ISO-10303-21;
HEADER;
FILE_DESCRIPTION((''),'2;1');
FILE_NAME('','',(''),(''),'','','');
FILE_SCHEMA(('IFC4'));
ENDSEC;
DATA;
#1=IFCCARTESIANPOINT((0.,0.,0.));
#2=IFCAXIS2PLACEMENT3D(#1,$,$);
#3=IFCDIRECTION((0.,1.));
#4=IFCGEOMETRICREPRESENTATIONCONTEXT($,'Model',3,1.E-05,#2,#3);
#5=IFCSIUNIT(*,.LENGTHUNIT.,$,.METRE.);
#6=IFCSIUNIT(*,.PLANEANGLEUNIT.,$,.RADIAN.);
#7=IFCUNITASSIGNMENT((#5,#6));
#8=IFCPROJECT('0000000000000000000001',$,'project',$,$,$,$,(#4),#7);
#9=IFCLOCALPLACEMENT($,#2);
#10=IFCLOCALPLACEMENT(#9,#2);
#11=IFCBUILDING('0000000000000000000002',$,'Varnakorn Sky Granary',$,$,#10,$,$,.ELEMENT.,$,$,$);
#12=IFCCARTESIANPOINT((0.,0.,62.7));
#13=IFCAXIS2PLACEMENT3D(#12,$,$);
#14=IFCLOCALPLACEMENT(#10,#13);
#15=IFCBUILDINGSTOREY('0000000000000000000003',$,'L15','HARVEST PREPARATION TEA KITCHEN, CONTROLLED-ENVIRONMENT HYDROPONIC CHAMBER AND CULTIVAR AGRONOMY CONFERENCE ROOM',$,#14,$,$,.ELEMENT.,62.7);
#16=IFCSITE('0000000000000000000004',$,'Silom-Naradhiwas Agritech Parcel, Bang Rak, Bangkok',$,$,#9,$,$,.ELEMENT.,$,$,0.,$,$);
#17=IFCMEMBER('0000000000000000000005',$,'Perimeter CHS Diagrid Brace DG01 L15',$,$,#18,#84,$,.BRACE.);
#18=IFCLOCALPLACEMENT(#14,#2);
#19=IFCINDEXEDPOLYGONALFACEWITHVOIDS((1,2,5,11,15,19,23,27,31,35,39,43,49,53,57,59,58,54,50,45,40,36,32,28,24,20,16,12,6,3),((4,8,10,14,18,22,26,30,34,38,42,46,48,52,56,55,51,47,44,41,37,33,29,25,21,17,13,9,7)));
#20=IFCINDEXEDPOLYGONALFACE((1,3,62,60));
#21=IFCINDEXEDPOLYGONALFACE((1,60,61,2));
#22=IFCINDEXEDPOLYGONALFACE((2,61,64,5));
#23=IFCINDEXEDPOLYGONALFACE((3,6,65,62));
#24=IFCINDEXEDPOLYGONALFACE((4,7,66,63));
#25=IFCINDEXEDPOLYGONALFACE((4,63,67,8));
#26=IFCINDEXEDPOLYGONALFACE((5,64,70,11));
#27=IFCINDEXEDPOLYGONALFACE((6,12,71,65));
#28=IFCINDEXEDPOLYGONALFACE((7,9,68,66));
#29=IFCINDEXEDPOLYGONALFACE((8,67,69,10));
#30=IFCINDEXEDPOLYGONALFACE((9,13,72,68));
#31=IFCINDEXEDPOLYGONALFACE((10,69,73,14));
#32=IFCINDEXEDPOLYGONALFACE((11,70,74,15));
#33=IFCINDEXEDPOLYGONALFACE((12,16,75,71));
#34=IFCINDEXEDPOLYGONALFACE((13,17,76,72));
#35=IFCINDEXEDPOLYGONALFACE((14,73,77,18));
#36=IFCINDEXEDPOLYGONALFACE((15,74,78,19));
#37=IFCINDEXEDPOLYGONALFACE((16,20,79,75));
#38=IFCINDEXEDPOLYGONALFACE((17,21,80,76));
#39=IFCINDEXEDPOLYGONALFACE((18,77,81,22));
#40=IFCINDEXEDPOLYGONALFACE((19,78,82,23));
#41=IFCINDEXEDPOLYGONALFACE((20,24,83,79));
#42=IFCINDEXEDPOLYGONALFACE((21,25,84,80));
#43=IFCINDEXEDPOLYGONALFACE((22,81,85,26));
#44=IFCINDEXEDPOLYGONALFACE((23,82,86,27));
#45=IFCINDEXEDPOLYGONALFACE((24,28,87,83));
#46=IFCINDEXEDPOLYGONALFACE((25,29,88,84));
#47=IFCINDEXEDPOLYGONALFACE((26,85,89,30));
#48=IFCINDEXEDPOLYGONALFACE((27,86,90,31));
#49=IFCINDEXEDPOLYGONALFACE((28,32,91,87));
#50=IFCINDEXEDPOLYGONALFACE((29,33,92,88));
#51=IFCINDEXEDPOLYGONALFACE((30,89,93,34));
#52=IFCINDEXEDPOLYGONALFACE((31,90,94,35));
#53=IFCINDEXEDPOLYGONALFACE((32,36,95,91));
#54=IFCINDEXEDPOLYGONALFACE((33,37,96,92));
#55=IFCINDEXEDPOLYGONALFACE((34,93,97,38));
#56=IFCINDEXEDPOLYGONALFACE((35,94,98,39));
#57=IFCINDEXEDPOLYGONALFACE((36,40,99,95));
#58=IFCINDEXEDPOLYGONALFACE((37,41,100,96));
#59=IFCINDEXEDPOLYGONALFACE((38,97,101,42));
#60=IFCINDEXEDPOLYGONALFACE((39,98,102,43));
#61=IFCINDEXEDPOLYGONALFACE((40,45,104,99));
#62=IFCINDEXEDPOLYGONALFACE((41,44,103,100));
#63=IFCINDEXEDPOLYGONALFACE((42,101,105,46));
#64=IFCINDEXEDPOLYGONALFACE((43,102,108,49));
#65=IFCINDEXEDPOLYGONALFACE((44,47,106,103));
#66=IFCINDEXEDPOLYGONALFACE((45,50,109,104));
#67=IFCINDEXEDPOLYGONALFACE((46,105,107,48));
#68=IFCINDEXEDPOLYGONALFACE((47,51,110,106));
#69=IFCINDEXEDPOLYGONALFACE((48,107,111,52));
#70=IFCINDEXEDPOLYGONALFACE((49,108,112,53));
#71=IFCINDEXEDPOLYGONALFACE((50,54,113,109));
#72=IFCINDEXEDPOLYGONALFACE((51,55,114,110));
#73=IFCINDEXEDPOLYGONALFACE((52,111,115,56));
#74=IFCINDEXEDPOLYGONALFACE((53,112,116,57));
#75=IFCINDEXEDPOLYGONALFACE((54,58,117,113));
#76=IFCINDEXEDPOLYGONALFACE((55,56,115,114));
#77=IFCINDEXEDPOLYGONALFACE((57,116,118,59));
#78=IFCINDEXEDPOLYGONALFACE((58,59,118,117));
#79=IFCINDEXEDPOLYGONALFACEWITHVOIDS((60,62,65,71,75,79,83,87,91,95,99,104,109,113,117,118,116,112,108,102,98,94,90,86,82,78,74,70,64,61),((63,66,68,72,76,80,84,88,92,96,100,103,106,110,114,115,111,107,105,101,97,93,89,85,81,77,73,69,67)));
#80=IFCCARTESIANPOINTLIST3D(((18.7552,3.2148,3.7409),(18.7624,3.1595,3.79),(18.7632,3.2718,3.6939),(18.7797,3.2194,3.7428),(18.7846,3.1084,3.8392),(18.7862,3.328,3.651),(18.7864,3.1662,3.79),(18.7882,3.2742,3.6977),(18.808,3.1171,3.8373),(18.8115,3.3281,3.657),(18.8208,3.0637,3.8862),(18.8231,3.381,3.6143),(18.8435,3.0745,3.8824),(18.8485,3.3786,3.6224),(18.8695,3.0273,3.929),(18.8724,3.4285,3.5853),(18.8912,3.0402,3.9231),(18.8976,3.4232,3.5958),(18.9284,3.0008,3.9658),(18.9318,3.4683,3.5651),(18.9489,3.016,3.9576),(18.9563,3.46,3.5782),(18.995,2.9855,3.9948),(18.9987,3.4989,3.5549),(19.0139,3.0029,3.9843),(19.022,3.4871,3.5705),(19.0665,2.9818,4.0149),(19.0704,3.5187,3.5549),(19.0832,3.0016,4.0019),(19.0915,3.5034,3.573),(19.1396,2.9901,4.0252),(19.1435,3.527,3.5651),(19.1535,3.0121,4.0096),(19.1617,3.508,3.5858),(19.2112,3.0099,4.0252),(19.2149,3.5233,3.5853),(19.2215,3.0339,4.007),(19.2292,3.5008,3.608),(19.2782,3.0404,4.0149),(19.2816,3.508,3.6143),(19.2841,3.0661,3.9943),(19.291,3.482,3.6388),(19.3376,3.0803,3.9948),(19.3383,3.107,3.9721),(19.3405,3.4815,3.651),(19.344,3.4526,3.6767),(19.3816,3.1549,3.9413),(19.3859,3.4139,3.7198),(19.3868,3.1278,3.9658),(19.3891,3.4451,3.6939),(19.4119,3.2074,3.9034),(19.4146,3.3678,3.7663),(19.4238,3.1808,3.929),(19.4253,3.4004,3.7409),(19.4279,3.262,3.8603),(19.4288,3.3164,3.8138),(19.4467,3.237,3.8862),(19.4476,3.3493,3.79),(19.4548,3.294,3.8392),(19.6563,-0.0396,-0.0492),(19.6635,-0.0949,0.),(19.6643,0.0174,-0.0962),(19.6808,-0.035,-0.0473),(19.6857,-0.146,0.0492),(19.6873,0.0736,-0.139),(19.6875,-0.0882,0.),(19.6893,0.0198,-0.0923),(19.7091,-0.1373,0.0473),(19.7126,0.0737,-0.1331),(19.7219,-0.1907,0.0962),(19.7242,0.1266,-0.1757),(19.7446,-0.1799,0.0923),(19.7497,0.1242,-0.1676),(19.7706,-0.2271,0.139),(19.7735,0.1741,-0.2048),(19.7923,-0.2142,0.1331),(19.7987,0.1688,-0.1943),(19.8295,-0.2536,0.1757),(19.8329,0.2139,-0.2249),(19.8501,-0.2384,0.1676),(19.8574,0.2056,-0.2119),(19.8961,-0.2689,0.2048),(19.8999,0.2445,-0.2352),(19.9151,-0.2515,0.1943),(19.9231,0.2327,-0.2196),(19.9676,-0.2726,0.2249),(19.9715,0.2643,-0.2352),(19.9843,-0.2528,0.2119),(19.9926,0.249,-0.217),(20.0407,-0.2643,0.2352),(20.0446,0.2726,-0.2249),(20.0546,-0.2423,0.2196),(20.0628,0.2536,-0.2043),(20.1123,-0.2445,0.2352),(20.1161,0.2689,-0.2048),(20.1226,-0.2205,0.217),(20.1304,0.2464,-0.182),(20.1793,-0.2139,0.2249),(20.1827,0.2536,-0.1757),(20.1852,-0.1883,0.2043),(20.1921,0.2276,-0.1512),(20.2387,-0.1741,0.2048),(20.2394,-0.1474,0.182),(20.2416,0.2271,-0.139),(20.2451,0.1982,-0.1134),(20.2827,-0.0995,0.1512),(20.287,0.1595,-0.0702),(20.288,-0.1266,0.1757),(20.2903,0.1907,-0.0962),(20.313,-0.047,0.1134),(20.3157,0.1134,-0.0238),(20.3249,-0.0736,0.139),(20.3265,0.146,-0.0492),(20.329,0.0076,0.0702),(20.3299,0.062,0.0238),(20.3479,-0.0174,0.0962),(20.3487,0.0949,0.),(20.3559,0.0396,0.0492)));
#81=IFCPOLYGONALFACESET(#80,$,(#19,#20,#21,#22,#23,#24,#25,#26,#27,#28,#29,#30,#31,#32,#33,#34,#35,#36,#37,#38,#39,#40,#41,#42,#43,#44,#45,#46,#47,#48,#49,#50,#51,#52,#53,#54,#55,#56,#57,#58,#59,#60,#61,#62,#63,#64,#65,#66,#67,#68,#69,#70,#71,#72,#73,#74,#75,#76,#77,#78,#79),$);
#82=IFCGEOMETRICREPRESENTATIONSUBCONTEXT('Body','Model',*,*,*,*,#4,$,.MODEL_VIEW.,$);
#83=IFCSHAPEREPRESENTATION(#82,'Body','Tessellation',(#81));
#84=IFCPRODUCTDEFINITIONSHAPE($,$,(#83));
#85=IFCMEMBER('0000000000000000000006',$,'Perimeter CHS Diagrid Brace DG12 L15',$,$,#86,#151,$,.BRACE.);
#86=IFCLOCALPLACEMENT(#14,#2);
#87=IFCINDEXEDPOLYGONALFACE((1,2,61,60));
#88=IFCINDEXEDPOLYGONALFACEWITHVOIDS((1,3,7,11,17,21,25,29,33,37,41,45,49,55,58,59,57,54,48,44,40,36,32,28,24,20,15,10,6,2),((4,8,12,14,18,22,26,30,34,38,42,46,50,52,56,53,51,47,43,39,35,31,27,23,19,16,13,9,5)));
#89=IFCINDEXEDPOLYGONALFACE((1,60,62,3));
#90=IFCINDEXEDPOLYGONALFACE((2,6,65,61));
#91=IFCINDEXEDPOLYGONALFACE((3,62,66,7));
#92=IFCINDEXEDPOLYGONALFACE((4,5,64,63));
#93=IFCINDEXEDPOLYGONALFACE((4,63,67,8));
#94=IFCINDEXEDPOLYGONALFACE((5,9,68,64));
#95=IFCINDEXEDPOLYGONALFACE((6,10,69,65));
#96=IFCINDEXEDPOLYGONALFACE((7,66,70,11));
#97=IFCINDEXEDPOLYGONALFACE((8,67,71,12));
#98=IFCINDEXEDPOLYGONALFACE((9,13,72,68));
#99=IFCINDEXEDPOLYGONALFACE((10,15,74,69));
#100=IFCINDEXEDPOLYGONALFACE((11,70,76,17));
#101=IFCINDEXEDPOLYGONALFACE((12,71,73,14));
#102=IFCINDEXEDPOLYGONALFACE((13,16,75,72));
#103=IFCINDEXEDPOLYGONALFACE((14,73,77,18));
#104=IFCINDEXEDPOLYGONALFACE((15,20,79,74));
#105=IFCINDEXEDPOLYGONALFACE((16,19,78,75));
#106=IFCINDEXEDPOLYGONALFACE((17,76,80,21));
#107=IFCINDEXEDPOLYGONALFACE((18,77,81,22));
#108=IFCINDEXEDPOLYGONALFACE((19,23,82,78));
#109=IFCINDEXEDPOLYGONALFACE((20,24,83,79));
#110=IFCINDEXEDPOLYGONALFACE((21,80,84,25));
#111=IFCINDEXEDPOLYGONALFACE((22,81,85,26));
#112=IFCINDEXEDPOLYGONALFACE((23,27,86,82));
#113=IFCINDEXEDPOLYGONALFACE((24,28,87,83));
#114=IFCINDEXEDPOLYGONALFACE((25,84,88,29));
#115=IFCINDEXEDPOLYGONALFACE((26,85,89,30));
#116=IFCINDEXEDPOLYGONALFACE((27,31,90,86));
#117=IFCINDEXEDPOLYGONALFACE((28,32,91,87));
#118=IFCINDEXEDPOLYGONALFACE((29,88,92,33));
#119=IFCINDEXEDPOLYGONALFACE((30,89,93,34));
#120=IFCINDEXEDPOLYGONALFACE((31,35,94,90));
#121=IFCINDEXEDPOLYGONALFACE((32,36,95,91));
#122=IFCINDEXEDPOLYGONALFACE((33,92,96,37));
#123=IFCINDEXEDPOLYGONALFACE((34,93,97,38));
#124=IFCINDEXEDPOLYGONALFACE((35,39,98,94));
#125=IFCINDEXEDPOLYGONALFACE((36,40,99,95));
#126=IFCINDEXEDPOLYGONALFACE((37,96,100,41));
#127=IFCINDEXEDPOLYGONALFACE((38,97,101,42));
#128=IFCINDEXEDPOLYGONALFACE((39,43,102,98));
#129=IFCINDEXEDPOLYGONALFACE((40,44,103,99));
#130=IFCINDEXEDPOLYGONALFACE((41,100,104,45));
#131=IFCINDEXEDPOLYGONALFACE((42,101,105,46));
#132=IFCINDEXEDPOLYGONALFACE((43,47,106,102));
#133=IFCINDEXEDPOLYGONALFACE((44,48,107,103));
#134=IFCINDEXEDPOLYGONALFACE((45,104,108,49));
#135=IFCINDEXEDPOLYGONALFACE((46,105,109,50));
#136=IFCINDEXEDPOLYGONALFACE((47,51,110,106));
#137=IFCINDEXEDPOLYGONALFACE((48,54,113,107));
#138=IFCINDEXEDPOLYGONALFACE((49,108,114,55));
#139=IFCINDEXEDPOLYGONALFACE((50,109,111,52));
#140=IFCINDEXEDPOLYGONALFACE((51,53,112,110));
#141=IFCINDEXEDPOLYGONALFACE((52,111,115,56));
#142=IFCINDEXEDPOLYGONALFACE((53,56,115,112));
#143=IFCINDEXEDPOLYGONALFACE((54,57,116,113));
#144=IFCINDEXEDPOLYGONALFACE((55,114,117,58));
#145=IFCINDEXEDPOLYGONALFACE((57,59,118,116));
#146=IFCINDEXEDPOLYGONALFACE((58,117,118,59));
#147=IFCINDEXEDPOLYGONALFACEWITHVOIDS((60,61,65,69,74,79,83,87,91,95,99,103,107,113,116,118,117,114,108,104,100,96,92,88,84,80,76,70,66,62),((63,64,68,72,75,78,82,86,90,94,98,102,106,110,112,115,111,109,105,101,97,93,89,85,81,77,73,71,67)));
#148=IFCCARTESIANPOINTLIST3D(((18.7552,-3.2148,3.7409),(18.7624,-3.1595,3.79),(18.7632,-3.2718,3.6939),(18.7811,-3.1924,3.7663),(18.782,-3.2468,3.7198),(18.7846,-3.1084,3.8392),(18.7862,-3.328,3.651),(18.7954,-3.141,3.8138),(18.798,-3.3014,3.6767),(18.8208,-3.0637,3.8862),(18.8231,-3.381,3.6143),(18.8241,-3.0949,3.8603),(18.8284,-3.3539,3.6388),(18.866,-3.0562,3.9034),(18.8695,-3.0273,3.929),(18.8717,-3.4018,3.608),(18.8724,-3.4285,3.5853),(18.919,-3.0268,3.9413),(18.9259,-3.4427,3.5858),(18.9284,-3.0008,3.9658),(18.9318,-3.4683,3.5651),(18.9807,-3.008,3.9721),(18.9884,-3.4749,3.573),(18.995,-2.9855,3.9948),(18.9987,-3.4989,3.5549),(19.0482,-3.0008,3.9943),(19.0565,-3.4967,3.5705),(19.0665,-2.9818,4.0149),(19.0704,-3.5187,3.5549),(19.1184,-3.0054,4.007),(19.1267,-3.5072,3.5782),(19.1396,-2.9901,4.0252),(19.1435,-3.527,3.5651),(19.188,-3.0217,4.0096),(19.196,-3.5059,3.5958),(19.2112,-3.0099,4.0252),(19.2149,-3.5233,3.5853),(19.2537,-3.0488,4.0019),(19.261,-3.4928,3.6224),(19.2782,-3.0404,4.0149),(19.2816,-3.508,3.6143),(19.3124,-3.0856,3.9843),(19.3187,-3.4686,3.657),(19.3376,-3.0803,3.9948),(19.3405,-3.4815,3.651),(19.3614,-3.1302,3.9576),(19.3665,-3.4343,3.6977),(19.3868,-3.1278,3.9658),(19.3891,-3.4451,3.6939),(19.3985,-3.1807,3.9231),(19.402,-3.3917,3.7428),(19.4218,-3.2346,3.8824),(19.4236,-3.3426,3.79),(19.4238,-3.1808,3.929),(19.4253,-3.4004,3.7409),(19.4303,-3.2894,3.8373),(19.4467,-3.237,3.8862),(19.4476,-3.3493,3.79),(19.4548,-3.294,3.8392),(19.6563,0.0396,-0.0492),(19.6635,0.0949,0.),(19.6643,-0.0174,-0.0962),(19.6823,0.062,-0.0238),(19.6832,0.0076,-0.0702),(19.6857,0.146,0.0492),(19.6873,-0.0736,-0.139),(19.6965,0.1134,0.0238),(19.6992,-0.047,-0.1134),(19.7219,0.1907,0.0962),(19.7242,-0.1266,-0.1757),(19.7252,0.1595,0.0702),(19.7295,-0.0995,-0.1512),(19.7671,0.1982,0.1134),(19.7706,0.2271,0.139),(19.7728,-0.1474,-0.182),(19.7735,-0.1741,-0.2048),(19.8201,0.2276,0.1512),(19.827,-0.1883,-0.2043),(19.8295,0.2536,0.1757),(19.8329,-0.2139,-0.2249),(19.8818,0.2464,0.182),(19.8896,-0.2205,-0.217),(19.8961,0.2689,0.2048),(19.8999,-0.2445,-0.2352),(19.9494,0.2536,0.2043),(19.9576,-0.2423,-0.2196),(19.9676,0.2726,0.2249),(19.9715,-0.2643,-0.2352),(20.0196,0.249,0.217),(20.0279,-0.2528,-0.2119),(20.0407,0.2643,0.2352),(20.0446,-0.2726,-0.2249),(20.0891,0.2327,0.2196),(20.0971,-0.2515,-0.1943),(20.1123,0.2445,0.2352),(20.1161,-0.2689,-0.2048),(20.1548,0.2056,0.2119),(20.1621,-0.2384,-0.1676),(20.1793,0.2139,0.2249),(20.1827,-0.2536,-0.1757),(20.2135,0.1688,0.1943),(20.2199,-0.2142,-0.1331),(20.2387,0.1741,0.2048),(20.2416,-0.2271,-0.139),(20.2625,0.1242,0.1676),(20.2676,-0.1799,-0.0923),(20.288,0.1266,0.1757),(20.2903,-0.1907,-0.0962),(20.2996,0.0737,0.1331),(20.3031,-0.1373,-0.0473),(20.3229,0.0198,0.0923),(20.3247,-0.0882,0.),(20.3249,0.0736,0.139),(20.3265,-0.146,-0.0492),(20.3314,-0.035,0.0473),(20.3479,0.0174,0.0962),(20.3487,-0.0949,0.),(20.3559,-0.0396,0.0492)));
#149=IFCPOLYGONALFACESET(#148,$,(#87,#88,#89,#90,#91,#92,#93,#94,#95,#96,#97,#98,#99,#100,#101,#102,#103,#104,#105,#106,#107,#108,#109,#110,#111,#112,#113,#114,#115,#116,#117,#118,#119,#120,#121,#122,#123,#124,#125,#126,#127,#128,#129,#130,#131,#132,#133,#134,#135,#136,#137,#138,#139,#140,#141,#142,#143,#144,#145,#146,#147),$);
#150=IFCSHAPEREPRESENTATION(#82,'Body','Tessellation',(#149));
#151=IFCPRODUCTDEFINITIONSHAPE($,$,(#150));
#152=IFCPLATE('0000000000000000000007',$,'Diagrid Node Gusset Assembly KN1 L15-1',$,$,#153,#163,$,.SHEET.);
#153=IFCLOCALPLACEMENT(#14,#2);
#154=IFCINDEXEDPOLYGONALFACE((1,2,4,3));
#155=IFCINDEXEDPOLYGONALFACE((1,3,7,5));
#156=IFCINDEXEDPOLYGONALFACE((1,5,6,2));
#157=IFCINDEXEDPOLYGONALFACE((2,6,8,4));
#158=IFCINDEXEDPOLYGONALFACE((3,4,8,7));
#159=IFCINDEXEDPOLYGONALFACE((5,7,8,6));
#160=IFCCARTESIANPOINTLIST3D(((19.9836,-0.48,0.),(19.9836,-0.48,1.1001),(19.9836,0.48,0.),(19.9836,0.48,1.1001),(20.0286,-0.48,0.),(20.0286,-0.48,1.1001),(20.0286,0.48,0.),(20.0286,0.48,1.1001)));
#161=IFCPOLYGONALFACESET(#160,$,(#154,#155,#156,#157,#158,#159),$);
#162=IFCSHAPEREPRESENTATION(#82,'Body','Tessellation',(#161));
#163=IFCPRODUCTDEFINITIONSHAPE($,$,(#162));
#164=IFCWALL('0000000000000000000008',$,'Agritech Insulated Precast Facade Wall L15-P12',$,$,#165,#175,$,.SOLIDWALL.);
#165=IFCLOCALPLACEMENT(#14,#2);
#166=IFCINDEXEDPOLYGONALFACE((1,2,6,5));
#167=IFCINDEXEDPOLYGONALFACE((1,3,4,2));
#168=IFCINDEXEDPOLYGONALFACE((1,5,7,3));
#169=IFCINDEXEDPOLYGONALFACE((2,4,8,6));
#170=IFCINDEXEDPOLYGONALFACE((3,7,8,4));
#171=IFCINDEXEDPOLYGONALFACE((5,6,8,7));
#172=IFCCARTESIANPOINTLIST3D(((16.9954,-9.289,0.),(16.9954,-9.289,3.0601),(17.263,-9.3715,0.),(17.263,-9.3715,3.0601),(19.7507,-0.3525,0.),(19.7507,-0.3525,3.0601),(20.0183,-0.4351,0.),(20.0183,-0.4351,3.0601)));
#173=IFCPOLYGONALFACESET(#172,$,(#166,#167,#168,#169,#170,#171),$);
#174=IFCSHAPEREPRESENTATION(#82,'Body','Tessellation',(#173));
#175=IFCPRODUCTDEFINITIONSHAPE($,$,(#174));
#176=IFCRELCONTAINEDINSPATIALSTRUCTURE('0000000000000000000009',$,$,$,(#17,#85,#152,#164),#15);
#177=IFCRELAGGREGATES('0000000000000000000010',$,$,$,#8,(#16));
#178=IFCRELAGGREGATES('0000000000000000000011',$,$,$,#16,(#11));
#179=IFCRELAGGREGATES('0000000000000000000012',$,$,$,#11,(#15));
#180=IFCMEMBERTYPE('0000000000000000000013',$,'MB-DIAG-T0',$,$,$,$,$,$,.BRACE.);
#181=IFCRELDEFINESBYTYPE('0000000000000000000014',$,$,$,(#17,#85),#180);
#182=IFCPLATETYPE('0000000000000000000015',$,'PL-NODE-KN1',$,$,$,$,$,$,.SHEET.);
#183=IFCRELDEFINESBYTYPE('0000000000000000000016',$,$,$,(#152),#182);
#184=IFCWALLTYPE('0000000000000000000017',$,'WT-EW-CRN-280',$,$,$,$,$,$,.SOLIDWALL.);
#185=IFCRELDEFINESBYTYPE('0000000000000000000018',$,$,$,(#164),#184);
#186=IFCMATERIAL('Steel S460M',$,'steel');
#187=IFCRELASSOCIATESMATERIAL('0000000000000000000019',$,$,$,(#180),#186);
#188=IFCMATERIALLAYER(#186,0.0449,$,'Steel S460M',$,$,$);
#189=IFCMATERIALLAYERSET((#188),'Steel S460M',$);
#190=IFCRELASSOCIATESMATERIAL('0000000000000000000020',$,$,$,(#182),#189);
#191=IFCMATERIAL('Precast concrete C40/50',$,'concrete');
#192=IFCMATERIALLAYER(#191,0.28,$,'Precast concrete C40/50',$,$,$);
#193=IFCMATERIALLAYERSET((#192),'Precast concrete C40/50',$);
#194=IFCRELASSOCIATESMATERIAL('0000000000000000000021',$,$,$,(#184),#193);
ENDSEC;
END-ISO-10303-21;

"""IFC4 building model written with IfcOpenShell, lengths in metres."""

from ifc_helpers import new_model, si_unit, direction, frame, frame_2d, origin, origin_2d, place, context, subcontext, project, spatial, rectangle, hollow_circle, extrude, material, layer, layer_set, material_profile, profile_set, type_object, element, save


model = new_model("IFC4")

# Units and contexts
model_context = context("Model", 3, precision=1e-05, world=origin(), true_north=direction((0.0, 1.0)))
body_context = subcontext(model_context, "Body", "Model", "MODEL_VIEW")
ifc_project = project(units=[si_unit("LENGTHUNIT", "METRE"), si_unit("PLANEANGLEUNIT", "RADIAN")], contexts=[model_context])

# Site, building, storey
site_placement = place(None, origin())
site = spatial("IfcSite", under=ifc_project, at=site_placement, Name="Silom-Naradhiwas Agritech Parcel, Bang Rak, Bangkok", CompositionType="ELEMENT", RefElevation=0.0)
building_placement = place(site_placement, origin())
building = spatial("IfcBuilding", under=site, at=building_placement, Name="Varnakorn Sky Granary", CompositionType="ELEMENT")
storey_placement = place(building_placement, frame((0.0, 0.0, 62.7)))
storey = spatial("IfcBuildingStorey", under=building, at=storey_placement, Name="L15", Description="HARVEST PREPARATION TEA KITCHEN, CONTROLLED-ENVIRONMENT HYDROPONIC CHAMBER AND CULTIVAR AGRONOMY CONFERENCE ROOM", CompositionType="ELEMENT", Elevation=62.7)

# Shared definitions
ifc_material_1 = material(Name="Steel S460M", Category="steel")

# Members
ifc_material_profile_1 = material_profile(ifc_material_1, hollow_circle(Radius=0.3555, WallThickness=0.0249, at=origin_2d()), Name="CHS 711x25")
ifc_profile_set_1 = profile_set([ifc_material_profile_1], Name="Steel S460M")
member_type_1 = type_object("IfcMemberType", Name="MB-DIAG-T0", PredefinedType="BRACE", material=ifc_profile_set_1)
for number, where, z_axis, x_axis, name in (
    (1, (20.0061, 0.0, 0.0), (-0.17752, 0.641112, 0.746634), (-0.963737, -0.266853, 0.0), "Perimeter CHS Diagrid Brace DG01 L15"),
    (2, (20.0061, 0.0, 0.0), (-0.17752, -0.641112, 0.746634), (0.963737, -0.266853, 0.0), "Perimeter CHS Diagrid Brace DG12 L15"),
):
    element("IfcMember", number, at=place(storey_placement, frame(where, z_axis=z_axis, x_axis=x_axis)), inside=storey, type_object=member_type_1, Name=name, PredefinedType="BRACE", context=body_context, shape_type="SweptSolid", body=[
        extrude(hollow_circle(Radius=0.3555, WallThickness=0.0249, at=origin_2d()), origin(), (0.0, 0.0, 1.0), 5.0762),
    ])

# Plate
ifc_layer_1 = layer(ifc_material_1, 0.0449, Name="Steel S460M")
ifc_layer_set_1 = layer_set([ifc_layer_1], Name="Steel S460M")
plate_type = type_object("IfcPlateType", Name="PL-NODE-KN1", PredefinedType="SHEET", material=ifc_layer_set_1)
plate_placement = place(storey_placement, frame((20.0061, 0.0, 0.0), z_axis=(0.0, 0.0, 1.0), x_axis=(0.0, 1.0, 0.0)))
element("IfcPlate", 3, at=plate_placement, inside=storey, type_object=plate_type, Name="Diagrid Node Gusset Assembly KN1 L15-1", PredefinedType="SHEET", context=body_context, shape_type="SweptSolid", body=[
    extrude(rectangle(XDim=0.96, YDim=0.0449, at=origin_2d()), origin(), (0.0, 0.0, 1.0), 1.1001),
])

# Wall
ifc_material_2 = material(Name="Precast concrete C40/50", Category="concrete")
ifc_layer_2 = layer(ifc_material_2, 0.28, Name="Precast concrete C40/50")
ifc_layer_set_2 = layer_set([ifc_layer_2], Name="Precast concrete C40/50")
wall_type_1 = type_object("IfcWallType", Name="WT-EW-CRN-280", PredefinedType="SOLIDWALL", material=ifc_layer_set_2)
wall_1_placement = place(storey_placement, frame((19.8845, -0.3938, 0.0), z_axis=(0.0, 0.0, 1.0), x_axis=(-0.29464, -0.955608, 0.0)))
element("IfcWall", 4, at=wall_1_placement, inside=storey, type_object=wall_type_1, Name="Agritech Insulated Precast Facade Wall L15-P12", PredefinedType="SOLIDWALL", context=body_context, shape_type="SweptSolid", body=[
    extrude(rectangle(XDim=9.3516, YDim=0.28, at=frame_2d((4.6758, 0.0))), origin(), (0.0, 0.0, 1.0), 3.0601),
])

save(model, "model.ifc")
